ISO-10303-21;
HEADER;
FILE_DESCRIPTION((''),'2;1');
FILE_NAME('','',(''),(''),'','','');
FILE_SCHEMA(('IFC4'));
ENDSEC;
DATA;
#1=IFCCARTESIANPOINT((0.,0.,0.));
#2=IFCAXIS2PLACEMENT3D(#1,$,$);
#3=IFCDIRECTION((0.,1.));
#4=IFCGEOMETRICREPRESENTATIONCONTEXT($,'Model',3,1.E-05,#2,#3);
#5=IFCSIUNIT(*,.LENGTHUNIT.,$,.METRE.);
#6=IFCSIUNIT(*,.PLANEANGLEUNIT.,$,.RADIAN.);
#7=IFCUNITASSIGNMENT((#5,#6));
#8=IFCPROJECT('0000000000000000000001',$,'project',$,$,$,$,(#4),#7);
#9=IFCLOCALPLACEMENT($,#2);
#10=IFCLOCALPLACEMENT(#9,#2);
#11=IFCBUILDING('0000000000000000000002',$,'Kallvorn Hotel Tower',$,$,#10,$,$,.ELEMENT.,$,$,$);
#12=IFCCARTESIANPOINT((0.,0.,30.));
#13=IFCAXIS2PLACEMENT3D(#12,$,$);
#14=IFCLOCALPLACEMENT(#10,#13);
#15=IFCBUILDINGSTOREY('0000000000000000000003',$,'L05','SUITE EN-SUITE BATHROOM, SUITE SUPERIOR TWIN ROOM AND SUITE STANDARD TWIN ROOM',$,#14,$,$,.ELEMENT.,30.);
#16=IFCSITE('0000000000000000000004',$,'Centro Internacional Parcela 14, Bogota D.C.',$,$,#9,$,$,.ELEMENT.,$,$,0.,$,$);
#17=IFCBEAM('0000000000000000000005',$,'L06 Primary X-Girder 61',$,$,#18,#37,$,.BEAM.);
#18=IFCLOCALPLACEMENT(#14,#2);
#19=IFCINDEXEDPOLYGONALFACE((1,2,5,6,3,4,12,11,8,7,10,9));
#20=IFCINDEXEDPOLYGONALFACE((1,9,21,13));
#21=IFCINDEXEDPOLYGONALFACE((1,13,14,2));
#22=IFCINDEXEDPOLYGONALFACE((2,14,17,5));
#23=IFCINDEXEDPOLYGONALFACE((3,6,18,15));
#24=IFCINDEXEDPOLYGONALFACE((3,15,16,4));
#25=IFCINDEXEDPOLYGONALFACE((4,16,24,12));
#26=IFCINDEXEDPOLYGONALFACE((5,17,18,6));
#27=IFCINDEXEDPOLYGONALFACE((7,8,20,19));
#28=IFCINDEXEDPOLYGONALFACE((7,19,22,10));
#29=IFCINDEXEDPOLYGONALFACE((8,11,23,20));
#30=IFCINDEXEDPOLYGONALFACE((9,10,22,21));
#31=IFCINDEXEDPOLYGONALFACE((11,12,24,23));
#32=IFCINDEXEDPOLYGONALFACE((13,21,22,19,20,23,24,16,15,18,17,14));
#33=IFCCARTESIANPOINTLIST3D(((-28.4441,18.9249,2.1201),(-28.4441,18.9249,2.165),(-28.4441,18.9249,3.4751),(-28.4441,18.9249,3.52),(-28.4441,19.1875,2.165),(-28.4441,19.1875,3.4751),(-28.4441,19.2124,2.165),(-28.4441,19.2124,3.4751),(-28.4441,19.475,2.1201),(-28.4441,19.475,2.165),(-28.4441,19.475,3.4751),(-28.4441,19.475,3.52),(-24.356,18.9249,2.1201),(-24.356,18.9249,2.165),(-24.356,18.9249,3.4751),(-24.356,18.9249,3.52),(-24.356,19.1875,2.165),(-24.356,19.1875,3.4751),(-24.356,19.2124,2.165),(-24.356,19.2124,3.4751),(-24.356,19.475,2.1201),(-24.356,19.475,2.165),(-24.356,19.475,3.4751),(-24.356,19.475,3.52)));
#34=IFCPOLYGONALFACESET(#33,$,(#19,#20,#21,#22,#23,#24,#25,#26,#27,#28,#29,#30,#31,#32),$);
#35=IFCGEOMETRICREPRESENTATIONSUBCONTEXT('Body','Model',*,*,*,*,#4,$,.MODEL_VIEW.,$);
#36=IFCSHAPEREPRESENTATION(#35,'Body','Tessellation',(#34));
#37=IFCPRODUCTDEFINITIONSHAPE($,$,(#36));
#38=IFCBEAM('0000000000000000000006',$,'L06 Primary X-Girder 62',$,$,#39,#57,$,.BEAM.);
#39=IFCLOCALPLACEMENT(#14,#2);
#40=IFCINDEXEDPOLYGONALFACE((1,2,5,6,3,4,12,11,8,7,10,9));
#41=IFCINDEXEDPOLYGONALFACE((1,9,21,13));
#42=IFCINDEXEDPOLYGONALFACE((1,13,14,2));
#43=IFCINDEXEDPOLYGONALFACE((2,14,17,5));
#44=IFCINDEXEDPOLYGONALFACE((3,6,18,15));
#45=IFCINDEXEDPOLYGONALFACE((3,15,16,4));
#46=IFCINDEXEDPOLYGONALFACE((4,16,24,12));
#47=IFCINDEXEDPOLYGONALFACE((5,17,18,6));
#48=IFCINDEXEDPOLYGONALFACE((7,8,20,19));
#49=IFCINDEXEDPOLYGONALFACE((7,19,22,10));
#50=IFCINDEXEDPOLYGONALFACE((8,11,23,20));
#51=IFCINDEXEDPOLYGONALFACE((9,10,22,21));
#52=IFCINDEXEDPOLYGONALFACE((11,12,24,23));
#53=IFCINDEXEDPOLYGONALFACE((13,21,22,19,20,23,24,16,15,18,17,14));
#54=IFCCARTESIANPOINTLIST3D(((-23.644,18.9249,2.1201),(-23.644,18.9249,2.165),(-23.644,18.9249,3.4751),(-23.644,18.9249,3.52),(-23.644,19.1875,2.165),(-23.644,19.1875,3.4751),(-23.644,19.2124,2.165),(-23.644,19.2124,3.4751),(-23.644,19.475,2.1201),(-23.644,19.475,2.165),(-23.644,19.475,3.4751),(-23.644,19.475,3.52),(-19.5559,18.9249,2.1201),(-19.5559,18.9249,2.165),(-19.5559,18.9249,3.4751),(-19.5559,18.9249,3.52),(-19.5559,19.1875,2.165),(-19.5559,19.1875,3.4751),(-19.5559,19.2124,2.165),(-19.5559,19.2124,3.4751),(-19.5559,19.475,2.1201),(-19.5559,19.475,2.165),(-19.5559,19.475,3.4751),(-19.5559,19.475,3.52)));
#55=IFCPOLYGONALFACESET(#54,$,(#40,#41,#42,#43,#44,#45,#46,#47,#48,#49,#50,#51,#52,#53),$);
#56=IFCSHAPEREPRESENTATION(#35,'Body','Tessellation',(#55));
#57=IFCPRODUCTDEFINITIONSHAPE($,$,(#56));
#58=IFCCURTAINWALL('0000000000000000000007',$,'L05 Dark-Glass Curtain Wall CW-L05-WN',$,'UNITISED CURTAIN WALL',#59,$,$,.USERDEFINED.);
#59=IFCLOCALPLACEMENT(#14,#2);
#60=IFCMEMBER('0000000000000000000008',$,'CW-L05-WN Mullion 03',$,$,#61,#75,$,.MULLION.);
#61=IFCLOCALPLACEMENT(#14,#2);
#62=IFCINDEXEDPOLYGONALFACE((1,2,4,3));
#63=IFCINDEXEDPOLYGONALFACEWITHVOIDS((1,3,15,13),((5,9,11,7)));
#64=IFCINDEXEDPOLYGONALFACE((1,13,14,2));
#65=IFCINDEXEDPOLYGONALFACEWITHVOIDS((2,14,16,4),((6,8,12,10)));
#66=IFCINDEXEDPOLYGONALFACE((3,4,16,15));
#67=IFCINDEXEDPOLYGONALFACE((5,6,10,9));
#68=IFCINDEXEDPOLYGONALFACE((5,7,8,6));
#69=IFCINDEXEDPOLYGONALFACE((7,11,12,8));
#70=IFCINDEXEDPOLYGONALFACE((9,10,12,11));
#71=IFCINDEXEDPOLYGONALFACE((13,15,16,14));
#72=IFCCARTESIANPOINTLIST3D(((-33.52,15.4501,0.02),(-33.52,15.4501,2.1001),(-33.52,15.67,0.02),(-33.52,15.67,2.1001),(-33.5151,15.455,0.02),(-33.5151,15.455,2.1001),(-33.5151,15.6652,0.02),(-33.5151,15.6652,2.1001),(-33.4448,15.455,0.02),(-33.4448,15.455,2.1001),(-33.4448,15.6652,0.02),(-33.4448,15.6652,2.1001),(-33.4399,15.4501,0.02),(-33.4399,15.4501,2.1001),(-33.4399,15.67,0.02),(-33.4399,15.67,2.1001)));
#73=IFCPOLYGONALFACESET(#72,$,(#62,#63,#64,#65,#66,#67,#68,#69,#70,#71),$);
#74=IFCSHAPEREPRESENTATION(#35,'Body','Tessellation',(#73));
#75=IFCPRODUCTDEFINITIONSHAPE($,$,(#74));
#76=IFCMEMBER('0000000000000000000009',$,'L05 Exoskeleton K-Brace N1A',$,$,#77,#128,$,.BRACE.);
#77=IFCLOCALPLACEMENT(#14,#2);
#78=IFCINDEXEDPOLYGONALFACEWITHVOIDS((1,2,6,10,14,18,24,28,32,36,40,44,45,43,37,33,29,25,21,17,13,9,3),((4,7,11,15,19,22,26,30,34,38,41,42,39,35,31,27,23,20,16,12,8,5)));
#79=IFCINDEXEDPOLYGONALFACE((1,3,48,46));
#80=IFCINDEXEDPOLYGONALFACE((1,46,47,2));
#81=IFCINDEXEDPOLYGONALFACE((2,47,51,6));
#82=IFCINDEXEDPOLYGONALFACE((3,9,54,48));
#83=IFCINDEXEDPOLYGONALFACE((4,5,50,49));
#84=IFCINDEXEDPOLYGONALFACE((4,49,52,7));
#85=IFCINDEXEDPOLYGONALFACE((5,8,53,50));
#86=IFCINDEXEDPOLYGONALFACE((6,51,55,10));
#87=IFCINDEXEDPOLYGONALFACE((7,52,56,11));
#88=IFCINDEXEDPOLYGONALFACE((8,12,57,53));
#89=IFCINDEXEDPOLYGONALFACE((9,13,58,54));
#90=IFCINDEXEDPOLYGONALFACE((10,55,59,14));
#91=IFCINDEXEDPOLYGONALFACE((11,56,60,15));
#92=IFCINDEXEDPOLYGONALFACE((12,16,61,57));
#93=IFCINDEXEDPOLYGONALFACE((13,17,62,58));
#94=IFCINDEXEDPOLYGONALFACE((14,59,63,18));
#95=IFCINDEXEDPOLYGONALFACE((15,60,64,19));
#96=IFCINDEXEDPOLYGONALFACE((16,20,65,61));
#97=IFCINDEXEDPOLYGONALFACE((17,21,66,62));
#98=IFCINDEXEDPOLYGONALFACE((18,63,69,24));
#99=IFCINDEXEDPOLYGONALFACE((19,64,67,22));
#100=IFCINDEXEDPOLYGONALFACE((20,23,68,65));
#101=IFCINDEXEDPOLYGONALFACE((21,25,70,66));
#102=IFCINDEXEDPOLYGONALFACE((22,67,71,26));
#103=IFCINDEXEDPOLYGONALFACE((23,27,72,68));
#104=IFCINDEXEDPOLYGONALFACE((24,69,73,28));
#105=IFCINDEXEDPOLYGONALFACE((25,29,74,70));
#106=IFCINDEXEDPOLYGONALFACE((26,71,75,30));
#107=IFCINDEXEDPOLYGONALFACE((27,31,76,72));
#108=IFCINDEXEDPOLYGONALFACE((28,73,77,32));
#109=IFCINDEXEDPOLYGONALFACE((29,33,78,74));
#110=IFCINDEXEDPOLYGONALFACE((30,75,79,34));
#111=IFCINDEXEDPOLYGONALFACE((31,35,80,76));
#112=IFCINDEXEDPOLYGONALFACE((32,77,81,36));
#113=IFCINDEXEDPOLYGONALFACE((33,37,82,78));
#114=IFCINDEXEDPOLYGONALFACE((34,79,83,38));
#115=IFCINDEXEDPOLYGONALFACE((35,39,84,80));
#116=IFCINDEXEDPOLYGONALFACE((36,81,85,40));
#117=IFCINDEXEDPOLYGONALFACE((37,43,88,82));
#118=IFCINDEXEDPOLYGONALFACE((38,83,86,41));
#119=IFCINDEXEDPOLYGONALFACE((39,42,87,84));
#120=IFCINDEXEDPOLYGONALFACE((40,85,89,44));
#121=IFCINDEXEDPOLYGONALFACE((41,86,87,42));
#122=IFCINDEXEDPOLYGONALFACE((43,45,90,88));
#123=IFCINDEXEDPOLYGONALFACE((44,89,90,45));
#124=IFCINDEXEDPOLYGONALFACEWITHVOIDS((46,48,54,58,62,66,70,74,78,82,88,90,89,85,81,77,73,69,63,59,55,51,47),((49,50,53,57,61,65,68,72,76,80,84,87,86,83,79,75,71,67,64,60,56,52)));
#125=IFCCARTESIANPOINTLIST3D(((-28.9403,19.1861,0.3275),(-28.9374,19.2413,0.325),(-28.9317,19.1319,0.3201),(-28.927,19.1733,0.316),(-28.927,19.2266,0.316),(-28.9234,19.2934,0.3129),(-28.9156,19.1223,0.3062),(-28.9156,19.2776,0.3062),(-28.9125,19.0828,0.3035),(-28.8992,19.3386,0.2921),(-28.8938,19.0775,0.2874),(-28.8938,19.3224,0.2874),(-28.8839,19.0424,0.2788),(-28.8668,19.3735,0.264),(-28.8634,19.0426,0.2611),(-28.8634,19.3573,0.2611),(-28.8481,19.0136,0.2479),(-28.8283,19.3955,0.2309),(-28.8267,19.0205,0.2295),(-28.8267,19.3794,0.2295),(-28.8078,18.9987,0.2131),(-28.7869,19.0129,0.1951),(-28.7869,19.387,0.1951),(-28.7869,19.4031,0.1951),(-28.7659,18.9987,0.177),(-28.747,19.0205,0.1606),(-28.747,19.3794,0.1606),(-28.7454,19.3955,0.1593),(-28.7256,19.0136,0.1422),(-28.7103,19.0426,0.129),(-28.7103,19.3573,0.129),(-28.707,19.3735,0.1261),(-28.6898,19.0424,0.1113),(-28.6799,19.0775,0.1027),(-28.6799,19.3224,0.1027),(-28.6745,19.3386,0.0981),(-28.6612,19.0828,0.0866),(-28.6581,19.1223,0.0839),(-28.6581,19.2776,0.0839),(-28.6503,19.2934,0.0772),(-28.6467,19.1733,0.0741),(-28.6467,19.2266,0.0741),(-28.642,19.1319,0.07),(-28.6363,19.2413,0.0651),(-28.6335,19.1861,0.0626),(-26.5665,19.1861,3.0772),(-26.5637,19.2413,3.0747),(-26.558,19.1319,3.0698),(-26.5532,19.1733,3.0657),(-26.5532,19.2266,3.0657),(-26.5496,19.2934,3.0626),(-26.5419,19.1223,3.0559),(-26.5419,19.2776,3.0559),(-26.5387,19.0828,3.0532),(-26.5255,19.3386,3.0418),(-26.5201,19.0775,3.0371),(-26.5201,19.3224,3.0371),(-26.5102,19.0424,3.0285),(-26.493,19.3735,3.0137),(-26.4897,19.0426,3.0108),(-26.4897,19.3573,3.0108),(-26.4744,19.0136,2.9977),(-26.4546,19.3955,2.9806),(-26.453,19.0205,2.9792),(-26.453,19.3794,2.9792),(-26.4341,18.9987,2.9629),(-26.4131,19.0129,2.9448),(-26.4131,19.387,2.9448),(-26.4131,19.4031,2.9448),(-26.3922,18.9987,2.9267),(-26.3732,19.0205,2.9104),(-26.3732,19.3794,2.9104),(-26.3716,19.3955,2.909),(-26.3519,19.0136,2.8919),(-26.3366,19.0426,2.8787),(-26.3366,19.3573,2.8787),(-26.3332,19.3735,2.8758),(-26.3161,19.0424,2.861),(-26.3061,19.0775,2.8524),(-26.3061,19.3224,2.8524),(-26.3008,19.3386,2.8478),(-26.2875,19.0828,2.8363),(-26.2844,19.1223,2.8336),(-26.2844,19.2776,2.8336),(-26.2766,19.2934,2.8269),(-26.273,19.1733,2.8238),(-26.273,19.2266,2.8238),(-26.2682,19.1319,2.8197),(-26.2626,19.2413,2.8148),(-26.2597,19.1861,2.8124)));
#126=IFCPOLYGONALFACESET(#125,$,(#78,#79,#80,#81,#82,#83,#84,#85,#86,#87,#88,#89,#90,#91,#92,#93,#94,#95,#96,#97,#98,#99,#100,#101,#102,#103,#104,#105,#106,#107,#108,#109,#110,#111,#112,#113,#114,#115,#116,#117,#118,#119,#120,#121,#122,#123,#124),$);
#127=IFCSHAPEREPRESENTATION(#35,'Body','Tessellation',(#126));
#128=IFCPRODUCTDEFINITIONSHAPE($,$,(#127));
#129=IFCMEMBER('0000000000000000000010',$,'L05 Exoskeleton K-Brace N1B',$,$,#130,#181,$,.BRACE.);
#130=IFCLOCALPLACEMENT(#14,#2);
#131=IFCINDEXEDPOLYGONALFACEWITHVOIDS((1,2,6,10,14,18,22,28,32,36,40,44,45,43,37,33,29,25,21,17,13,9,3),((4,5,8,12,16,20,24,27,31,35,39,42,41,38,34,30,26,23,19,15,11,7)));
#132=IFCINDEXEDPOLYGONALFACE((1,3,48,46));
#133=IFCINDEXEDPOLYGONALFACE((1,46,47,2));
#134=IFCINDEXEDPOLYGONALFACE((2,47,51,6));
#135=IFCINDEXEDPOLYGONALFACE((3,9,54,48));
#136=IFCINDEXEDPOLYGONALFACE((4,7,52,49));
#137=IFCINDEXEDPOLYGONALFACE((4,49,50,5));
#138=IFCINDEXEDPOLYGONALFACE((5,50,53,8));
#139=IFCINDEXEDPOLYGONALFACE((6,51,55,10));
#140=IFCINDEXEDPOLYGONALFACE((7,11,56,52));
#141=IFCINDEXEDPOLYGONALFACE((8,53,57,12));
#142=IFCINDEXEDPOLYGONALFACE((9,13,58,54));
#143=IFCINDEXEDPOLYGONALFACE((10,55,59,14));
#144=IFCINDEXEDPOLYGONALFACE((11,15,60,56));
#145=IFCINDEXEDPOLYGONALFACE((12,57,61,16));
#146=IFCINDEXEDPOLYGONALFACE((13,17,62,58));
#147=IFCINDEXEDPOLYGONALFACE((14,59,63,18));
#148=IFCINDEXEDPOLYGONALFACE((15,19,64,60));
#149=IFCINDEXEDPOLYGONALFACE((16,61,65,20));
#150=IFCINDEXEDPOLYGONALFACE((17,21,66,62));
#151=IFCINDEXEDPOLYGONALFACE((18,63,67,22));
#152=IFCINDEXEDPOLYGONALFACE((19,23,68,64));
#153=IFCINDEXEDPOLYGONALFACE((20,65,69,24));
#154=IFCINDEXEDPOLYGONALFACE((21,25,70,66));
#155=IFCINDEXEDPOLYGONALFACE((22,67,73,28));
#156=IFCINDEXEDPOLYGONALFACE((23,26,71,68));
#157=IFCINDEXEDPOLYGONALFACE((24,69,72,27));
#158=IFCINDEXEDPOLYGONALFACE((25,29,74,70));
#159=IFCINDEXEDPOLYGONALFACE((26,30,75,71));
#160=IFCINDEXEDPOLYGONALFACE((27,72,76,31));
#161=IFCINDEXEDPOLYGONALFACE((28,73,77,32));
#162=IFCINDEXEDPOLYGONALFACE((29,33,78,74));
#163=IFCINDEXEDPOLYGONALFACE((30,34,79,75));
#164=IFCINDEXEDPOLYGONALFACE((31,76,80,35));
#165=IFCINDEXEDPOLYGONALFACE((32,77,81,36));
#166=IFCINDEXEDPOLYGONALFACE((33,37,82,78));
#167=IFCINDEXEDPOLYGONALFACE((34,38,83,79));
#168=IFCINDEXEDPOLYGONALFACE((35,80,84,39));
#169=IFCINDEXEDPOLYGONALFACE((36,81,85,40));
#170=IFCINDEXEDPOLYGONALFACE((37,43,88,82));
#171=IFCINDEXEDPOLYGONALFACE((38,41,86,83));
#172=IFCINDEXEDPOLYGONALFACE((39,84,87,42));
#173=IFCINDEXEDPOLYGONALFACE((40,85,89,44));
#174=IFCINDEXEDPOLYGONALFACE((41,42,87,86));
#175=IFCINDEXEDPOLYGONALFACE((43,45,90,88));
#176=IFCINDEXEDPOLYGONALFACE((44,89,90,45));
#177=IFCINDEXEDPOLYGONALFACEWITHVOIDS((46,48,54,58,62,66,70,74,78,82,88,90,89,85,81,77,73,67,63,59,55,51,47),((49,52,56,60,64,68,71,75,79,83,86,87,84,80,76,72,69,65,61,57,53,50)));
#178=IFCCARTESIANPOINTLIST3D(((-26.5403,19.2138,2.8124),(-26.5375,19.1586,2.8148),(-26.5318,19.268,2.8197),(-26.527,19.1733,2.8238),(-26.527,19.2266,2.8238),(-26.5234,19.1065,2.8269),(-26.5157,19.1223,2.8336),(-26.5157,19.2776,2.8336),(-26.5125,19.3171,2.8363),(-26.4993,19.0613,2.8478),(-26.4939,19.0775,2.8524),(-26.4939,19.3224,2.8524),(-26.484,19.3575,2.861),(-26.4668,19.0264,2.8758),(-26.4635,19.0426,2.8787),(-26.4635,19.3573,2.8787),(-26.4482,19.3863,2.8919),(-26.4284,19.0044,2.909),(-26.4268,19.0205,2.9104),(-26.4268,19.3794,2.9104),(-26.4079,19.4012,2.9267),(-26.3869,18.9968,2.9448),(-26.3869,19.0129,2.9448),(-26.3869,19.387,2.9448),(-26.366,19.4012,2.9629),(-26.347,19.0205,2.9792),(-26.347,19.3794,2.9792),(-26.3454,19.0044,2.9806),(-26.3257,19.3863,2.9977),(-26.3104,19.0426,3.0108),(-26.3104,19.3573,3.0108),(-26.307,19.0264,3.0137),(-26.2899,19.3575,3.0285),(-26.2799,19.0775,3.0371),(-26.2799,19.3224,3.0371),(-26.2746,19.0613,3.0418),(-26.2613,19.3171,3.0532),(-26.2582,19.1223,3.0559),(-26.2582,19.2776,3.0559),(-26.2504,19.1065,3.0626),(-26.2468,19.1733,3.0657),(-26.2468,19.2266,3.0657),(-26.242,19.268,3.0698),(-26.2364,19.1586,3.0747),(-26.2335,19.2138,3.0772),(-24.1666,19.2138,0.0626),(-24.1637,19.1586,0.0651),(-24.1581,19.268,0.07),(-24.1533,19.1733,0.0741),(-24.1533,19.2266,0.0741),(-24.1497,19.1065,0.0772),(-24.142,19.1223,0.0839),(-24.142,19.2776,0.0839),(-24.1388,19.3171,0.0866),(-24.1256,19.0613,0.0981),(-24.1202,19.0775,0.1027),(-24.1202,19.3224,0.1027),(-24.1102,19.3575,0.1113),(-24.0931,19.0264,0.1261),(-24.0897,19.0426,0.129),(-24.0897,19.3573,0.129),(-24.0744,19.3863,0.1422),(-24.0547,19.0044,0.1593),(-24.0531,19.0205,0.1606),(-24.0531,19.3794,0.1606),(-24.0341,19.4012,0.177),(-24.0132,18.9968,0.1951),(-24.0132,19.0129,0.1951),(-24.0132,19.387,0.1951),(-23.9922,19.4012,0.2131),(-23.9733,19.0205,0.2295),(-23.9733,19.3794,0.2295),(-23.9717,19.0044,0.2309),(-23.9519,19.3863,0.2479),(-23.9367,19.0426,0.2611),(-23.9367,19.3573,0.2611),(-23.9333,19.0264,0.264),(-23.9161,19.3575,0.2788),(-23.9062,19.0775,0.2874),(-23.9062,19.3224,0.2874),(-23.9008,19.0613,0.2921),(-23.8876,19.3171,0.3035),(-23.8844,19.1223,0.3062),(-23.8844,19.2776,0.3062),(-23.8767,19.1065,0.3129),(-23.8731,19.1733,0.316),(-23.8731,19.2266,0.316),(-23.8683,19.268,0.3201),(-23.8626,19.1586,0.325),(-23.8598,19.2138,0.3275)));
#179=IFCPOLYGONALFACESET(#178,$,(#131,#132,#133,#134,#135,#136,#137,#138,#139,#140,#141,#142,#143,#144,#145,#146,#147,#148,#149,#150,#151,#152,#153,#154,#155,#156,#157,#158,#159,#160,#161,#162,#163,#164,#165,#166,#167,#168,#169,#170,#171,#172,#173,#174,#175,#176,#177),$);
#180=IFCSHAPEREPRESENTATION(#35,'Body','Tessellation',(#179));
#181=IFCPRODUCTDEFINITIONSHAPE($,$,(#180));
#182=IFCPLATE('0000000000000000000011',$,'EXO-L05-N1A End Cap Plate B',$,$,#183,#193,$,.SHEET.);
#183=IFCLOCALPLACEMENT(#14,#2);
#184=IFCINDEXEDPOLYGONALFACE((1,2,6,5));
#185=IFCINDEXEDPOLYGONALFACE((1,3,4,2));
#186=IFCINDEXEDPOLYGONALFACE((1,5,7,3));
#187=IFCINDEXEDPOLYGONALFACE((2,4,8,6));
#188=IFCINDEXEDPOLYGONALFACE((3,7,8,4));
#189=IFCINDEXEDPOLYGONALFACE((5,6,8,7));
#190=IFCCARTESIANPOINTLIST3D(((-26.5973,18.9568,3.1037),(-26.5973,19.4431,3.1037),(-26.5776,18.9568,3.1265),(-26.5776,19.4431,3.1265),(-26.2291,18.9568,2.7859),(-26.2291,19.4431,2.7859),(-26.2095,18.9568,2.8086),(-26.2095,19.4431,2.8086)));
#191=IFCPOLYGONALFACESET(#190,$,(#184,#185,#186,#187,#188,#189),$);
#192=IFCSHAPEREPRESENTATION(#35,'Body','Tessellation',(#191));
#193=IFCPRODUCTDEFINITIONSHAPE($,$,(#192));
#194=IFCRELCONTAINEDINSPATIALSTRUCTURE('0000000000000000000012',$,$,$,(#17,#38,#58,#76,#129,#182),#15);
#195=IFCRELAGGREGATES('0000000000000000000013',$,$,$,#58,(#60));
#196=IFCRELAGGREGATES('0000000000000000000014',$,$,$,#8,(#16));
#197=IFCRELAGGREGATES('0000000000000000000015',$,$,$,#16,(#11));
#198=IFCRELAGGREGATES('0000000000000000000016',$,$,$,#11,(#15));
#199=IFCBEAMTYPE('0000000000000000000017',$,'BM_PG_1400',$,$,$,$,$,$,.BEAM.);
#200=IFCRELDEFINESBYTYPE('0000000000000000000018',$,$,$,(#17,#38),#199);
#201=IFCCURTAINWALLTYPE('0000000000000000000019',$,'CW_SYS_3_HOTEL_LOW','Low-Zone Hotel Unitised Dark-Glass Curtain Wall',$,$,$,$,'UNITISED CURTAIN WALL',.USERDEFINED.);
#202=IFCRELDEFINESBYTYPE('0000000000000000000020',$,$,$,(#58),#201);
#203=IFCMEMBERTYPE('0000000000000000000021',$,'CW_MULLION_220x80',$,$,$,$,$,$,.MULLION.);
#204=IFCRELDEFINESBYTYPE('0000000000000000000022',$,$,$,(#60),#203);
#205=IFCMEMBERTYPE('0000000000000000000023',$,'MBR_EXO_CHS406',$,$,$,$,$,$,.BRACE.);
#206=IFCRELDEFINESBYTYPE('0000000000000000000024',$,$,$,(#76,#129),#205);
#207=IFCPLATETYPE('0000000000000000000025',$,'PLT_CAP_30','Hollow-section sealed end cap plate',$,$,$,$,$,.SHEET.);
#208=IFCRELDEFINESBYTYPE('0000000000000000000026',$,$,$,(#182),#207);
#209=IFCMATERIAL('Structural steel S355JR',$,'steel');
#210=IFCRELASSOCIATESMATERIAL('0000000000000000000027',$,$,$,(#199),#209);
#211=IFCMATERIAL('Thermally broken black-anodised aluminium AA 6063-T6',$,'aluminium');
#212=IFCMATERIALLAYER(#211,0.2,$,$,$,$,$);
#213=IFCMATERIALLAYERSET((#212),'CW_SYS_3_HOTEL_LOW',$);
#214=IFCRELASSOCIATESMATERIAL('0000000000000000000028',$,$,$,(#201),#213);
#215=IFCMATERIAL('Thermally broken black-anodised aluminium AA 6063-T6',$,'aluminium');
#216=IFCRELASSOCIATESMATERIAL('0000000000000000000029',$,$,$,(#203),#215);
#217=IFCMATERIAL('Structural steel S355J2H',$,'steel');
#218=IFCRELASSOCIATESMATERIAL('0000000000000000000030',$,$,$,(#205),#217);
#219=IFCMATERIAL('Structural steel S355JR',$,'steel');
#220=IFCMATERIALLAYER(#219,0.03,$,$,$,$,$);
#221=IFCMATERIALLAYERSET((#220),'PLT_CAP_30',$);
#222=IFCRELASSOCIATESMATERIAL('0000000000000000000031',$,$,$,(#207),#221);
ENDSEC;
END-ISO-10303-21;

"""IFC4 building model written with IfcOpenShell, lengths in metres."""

from ifc_helpers import new_model, si_unit, direction, frame, origin, origin_2d, place, context, subcontext, project, spatial, polyline, hollow_rectangle, hollow_circle, i_section, outline, extrude, material, layer, layer_set, material_profile, profile_set, type_object, element, aggregate, save


model = new_model("IFC4")

# Units and contexts
model_context = context("Model", 3, precision=1e-05, world=origin(), true_north=direction((0.0, 1.0)))
body_context = subcontext(model_context, "Body", "Model", "MODEL_VIEW")
ifc_project = project(units=[si_unit("LENGTHUNIT", "METRE"), si_unit("PLANEANGLEUNIT", "RADIAN")], contexts=[model_context])

# Site, building, storey
site_placement = place(None, origin())
site = spatial("IfcSite", under=ifc_project, at=site_placement, Name="Centro Internacional Parcela 14, Bogota D.C.", CompositionType="ELEMENT", RefElevation=0.0)
building_placement = place(site_placement, origin())
building = spatial("IfcBuilding", under=site, at=building_placement, Name="Kallvorn Hotel Tower", CompositionType="ELEMENT")
storey_placement = place(building_placement, frame((0.0, 0.0, 30.0)))
storey = spatial("IfcBuildingStorey", under=building, at=storey_placement, Name="L05", Description="SUITE EN-SUITE BATHROOM, SUITE SUPERIOR TWIN ROOM AND SUITE STANDARD TWIN ROOM", CompositionType="ELEMENT", Elevation=30.0)

# Beams
ifc_material_1 = material(Name="Structural steel S355JR", Category="steel")
ifc_material_profile_1 = material_profile(ifc_material_1, i_section(OverallWidth=0.55, OverallDepth=1.3999, WebThickness=0.0249, FlangeThickness=0.0449, at=origin_2d()), Name="PG 1400x550x25x45")
ifc_profile_set_1 = profile_set([ifc_material_profile_1], Name="Structural steel S355JR")
beam_type_1 = type_object("IfcBeamType", Name="BM_PG_1400", PredefinedType="BEAM", material=ifc_profile_set_1)
for number, where, z_axis, x_axis, name in (
    (1, (-28.4441, 19.2, 2.8201), (1.0, 0.0, 0.0), (0.0, 1.0, 0.0), "L06 Primary X-Girder 61"),
    (2, (-23.644, 19.2, 2.8201), (1.0, 0.0, 0.0), (0.0, 1.0, 0.0), "L06 Primary X-Girder 62"),
):
    element("IfcBeam", number, at=place(storey_placement, frame(where, z_axis=z_axis, x_axis=x_axis)), inside=storey, type_object=beam_type_1, Name=name, PredefinedType="BEAM", context=body_context, shape_type="SweptSolid", body=[
        extrude(i_section(OverallWidth=0.55, OverallDepth=1.3999, WebThickness=0.0249, FlangeThickness=0.0449, at=origin_2d()), origin(), (0.0, 0.0, 1.0), 4.0881),
    ])

# Curtain wall, member
ifc_material_2 = material(Name="Thermally broken black-anodised aluminium AA 6063-T6", Category="aluminium")
ifc_layer_1 = layer(ifc_material_2, 0.2)
ifc_layer_set_1 = layer_set([ifc_layer_1], Name="CW_SYS_3_HOTEL_LOW")
curtain_wall_type = type_object("IfcCurtainWallType", Name="CW_SYS_3_HOTEL_LOW", Description="Low-Zone Hotel Unitised Dark-Glass Curtain Wall", ElementType="UNITISED CURTAIN WALL", PredefinedType="USERDEFINED", material=ifc_layer_set_1)
curtain_wall_placement = place(storey_placement, origin())
curtain_wall = element("IfcCurtainWall", 3, at=curtain_wall_placement, inside=storey, type_object=curtain_wall_type, Name="L05 Dark-Glass Curtain Wall CW-L05-WN", ObjectType="UNITISED CURTAIN WALL", PredefinedType="USERDEFINED")
ifc_material_3 = material(Name="Thermally broken black-anodised aluminium AA 6063-T6", Category="aluminium")
ifc_material_profile_2 = material_profile(ifc_material_3, hollow_rectangle(XDim=0.0801, YDim=0.22, WallThickness=0.0049, at=origin_2d()), Name="MUL 220x80")
ifc_profile_set_2 = profile_set([ifc_material_profile_2], Name="Thermally broken black-anodised aluminium AA 6063-T6")
member_type_1 = type_object("IfcMemberType", Name="CW_MULLION_220x80", PredefinedType="MULLION", material=ifc_profile_set_2)
member_placement = place(storey_placement, frame((-33.48, 15.5601, 0.02), z_axis=(0.0, 0.0, 1.0), x_axis=(1.0, 0.0, 0.0)))
member = element("IfcMember", 4, at=member_placement, type_object=member_type_1, Name="CW-L05-WN Mullion 03", PredefinedType="MULLION", context=body_context, shape_type="SweptSolid", body=[
    extrude(hollow_rectangle(XDim=0.0801, YDim=0.22, WallThickness=0.0049, at=origin_2d()), origin(), (0.0, 0.0, 1.0), 2.0801),
])
aggregate(curtain_wall, [member])

# Members
ifc_material_4 = material(Name="Structural steel S355J2H", Category="steel")
ifc_material_profile_3 = material_profile(ifc_material_4, hollow_circle(Radius=0.2031, WallThickness=0.0161, at=origin_2d()), Name="CHS 406.4x16")
ifc_profile_set_3 = profile_set([ifc_material_profile_3], Name="Structural steel S355J2H")
member_type_2 = type_object("IfcMemberType", Name="MBR_EXO_CHS406", PredefinedType="BRACE", material=ifc_profile_set_3)
for number, where, z_axis, x_axis, name in (
    (5, (-28.7869, 19.2, 0.1951), (0.653461, 0.0, 0.756961), (0.0, 1.0, 0.0), "L05 Exoskeleton K-Brace N1A"),
    (6, (-24.0132, 19.2, 0.1951), (-0.653461, 0.0, 0.756961), (0.0, -1.0, 0.0), "L05 Exoskeleton K-Brace N1B"),
):
    element("IfcMember", number, at=place(storey_placement, frame(where, z_axis=z_axis, x_axis=x_axis)), inside=storey, type_object=member_type_2, Name=name, PredefinedType="BRACE", context=body_context, shape_type="SweptSolid", body=[
        extrude(hollow_circle(Radius=0.2031, WallThickness=0.0161, at=origin_2d()), origin(), (0.0, 0.0, 1.0), 3.6326),
    ])

# Plate
ifc_material_5 = material(Name="Structural steel S355JR", Category="steel")
ifc_layer_2 = layer(ifc_material_5, 0.03)
ifc_layer_set_2 = layer_set([ifc_layer_2], Name="PLT_CAP_30")
plate_type_1 = type_object("IfcPlateType", Name="PLT_CAP_30", Description="Hollow-section sealed end cap plate", PredefinedType="SHEET", material=ifc_layer_set_2)
for number, where, z_axis, x_axis, name in (
    (7, (-26.2095, 18.9568, 2.8086), (0.653515, 0.0, 0.756913), (0.0, 1.0, 0.0), "EXO-L05-N1A End Cap Plate B"),
):
    element("IfcPlate", number, at=place(storey_placement, frame(where, z_axis=z_axis, x_axis=x_axis)), inside=storey, type_object=plate_type_1, Name=name, PredefinedType="SHEET", context=body_context, shape_type="SweptSolid", body=[
        extrude(outline(polyline([(0.0, 0.0), (0.4863, 0.0), (0.4863, 0.4864), (0.0, 0.4864), (0.0, 0.0)])), origin(), (0.0, 0.0, -1.0), 0.03),
    ])

save(model, "model.ifc")
